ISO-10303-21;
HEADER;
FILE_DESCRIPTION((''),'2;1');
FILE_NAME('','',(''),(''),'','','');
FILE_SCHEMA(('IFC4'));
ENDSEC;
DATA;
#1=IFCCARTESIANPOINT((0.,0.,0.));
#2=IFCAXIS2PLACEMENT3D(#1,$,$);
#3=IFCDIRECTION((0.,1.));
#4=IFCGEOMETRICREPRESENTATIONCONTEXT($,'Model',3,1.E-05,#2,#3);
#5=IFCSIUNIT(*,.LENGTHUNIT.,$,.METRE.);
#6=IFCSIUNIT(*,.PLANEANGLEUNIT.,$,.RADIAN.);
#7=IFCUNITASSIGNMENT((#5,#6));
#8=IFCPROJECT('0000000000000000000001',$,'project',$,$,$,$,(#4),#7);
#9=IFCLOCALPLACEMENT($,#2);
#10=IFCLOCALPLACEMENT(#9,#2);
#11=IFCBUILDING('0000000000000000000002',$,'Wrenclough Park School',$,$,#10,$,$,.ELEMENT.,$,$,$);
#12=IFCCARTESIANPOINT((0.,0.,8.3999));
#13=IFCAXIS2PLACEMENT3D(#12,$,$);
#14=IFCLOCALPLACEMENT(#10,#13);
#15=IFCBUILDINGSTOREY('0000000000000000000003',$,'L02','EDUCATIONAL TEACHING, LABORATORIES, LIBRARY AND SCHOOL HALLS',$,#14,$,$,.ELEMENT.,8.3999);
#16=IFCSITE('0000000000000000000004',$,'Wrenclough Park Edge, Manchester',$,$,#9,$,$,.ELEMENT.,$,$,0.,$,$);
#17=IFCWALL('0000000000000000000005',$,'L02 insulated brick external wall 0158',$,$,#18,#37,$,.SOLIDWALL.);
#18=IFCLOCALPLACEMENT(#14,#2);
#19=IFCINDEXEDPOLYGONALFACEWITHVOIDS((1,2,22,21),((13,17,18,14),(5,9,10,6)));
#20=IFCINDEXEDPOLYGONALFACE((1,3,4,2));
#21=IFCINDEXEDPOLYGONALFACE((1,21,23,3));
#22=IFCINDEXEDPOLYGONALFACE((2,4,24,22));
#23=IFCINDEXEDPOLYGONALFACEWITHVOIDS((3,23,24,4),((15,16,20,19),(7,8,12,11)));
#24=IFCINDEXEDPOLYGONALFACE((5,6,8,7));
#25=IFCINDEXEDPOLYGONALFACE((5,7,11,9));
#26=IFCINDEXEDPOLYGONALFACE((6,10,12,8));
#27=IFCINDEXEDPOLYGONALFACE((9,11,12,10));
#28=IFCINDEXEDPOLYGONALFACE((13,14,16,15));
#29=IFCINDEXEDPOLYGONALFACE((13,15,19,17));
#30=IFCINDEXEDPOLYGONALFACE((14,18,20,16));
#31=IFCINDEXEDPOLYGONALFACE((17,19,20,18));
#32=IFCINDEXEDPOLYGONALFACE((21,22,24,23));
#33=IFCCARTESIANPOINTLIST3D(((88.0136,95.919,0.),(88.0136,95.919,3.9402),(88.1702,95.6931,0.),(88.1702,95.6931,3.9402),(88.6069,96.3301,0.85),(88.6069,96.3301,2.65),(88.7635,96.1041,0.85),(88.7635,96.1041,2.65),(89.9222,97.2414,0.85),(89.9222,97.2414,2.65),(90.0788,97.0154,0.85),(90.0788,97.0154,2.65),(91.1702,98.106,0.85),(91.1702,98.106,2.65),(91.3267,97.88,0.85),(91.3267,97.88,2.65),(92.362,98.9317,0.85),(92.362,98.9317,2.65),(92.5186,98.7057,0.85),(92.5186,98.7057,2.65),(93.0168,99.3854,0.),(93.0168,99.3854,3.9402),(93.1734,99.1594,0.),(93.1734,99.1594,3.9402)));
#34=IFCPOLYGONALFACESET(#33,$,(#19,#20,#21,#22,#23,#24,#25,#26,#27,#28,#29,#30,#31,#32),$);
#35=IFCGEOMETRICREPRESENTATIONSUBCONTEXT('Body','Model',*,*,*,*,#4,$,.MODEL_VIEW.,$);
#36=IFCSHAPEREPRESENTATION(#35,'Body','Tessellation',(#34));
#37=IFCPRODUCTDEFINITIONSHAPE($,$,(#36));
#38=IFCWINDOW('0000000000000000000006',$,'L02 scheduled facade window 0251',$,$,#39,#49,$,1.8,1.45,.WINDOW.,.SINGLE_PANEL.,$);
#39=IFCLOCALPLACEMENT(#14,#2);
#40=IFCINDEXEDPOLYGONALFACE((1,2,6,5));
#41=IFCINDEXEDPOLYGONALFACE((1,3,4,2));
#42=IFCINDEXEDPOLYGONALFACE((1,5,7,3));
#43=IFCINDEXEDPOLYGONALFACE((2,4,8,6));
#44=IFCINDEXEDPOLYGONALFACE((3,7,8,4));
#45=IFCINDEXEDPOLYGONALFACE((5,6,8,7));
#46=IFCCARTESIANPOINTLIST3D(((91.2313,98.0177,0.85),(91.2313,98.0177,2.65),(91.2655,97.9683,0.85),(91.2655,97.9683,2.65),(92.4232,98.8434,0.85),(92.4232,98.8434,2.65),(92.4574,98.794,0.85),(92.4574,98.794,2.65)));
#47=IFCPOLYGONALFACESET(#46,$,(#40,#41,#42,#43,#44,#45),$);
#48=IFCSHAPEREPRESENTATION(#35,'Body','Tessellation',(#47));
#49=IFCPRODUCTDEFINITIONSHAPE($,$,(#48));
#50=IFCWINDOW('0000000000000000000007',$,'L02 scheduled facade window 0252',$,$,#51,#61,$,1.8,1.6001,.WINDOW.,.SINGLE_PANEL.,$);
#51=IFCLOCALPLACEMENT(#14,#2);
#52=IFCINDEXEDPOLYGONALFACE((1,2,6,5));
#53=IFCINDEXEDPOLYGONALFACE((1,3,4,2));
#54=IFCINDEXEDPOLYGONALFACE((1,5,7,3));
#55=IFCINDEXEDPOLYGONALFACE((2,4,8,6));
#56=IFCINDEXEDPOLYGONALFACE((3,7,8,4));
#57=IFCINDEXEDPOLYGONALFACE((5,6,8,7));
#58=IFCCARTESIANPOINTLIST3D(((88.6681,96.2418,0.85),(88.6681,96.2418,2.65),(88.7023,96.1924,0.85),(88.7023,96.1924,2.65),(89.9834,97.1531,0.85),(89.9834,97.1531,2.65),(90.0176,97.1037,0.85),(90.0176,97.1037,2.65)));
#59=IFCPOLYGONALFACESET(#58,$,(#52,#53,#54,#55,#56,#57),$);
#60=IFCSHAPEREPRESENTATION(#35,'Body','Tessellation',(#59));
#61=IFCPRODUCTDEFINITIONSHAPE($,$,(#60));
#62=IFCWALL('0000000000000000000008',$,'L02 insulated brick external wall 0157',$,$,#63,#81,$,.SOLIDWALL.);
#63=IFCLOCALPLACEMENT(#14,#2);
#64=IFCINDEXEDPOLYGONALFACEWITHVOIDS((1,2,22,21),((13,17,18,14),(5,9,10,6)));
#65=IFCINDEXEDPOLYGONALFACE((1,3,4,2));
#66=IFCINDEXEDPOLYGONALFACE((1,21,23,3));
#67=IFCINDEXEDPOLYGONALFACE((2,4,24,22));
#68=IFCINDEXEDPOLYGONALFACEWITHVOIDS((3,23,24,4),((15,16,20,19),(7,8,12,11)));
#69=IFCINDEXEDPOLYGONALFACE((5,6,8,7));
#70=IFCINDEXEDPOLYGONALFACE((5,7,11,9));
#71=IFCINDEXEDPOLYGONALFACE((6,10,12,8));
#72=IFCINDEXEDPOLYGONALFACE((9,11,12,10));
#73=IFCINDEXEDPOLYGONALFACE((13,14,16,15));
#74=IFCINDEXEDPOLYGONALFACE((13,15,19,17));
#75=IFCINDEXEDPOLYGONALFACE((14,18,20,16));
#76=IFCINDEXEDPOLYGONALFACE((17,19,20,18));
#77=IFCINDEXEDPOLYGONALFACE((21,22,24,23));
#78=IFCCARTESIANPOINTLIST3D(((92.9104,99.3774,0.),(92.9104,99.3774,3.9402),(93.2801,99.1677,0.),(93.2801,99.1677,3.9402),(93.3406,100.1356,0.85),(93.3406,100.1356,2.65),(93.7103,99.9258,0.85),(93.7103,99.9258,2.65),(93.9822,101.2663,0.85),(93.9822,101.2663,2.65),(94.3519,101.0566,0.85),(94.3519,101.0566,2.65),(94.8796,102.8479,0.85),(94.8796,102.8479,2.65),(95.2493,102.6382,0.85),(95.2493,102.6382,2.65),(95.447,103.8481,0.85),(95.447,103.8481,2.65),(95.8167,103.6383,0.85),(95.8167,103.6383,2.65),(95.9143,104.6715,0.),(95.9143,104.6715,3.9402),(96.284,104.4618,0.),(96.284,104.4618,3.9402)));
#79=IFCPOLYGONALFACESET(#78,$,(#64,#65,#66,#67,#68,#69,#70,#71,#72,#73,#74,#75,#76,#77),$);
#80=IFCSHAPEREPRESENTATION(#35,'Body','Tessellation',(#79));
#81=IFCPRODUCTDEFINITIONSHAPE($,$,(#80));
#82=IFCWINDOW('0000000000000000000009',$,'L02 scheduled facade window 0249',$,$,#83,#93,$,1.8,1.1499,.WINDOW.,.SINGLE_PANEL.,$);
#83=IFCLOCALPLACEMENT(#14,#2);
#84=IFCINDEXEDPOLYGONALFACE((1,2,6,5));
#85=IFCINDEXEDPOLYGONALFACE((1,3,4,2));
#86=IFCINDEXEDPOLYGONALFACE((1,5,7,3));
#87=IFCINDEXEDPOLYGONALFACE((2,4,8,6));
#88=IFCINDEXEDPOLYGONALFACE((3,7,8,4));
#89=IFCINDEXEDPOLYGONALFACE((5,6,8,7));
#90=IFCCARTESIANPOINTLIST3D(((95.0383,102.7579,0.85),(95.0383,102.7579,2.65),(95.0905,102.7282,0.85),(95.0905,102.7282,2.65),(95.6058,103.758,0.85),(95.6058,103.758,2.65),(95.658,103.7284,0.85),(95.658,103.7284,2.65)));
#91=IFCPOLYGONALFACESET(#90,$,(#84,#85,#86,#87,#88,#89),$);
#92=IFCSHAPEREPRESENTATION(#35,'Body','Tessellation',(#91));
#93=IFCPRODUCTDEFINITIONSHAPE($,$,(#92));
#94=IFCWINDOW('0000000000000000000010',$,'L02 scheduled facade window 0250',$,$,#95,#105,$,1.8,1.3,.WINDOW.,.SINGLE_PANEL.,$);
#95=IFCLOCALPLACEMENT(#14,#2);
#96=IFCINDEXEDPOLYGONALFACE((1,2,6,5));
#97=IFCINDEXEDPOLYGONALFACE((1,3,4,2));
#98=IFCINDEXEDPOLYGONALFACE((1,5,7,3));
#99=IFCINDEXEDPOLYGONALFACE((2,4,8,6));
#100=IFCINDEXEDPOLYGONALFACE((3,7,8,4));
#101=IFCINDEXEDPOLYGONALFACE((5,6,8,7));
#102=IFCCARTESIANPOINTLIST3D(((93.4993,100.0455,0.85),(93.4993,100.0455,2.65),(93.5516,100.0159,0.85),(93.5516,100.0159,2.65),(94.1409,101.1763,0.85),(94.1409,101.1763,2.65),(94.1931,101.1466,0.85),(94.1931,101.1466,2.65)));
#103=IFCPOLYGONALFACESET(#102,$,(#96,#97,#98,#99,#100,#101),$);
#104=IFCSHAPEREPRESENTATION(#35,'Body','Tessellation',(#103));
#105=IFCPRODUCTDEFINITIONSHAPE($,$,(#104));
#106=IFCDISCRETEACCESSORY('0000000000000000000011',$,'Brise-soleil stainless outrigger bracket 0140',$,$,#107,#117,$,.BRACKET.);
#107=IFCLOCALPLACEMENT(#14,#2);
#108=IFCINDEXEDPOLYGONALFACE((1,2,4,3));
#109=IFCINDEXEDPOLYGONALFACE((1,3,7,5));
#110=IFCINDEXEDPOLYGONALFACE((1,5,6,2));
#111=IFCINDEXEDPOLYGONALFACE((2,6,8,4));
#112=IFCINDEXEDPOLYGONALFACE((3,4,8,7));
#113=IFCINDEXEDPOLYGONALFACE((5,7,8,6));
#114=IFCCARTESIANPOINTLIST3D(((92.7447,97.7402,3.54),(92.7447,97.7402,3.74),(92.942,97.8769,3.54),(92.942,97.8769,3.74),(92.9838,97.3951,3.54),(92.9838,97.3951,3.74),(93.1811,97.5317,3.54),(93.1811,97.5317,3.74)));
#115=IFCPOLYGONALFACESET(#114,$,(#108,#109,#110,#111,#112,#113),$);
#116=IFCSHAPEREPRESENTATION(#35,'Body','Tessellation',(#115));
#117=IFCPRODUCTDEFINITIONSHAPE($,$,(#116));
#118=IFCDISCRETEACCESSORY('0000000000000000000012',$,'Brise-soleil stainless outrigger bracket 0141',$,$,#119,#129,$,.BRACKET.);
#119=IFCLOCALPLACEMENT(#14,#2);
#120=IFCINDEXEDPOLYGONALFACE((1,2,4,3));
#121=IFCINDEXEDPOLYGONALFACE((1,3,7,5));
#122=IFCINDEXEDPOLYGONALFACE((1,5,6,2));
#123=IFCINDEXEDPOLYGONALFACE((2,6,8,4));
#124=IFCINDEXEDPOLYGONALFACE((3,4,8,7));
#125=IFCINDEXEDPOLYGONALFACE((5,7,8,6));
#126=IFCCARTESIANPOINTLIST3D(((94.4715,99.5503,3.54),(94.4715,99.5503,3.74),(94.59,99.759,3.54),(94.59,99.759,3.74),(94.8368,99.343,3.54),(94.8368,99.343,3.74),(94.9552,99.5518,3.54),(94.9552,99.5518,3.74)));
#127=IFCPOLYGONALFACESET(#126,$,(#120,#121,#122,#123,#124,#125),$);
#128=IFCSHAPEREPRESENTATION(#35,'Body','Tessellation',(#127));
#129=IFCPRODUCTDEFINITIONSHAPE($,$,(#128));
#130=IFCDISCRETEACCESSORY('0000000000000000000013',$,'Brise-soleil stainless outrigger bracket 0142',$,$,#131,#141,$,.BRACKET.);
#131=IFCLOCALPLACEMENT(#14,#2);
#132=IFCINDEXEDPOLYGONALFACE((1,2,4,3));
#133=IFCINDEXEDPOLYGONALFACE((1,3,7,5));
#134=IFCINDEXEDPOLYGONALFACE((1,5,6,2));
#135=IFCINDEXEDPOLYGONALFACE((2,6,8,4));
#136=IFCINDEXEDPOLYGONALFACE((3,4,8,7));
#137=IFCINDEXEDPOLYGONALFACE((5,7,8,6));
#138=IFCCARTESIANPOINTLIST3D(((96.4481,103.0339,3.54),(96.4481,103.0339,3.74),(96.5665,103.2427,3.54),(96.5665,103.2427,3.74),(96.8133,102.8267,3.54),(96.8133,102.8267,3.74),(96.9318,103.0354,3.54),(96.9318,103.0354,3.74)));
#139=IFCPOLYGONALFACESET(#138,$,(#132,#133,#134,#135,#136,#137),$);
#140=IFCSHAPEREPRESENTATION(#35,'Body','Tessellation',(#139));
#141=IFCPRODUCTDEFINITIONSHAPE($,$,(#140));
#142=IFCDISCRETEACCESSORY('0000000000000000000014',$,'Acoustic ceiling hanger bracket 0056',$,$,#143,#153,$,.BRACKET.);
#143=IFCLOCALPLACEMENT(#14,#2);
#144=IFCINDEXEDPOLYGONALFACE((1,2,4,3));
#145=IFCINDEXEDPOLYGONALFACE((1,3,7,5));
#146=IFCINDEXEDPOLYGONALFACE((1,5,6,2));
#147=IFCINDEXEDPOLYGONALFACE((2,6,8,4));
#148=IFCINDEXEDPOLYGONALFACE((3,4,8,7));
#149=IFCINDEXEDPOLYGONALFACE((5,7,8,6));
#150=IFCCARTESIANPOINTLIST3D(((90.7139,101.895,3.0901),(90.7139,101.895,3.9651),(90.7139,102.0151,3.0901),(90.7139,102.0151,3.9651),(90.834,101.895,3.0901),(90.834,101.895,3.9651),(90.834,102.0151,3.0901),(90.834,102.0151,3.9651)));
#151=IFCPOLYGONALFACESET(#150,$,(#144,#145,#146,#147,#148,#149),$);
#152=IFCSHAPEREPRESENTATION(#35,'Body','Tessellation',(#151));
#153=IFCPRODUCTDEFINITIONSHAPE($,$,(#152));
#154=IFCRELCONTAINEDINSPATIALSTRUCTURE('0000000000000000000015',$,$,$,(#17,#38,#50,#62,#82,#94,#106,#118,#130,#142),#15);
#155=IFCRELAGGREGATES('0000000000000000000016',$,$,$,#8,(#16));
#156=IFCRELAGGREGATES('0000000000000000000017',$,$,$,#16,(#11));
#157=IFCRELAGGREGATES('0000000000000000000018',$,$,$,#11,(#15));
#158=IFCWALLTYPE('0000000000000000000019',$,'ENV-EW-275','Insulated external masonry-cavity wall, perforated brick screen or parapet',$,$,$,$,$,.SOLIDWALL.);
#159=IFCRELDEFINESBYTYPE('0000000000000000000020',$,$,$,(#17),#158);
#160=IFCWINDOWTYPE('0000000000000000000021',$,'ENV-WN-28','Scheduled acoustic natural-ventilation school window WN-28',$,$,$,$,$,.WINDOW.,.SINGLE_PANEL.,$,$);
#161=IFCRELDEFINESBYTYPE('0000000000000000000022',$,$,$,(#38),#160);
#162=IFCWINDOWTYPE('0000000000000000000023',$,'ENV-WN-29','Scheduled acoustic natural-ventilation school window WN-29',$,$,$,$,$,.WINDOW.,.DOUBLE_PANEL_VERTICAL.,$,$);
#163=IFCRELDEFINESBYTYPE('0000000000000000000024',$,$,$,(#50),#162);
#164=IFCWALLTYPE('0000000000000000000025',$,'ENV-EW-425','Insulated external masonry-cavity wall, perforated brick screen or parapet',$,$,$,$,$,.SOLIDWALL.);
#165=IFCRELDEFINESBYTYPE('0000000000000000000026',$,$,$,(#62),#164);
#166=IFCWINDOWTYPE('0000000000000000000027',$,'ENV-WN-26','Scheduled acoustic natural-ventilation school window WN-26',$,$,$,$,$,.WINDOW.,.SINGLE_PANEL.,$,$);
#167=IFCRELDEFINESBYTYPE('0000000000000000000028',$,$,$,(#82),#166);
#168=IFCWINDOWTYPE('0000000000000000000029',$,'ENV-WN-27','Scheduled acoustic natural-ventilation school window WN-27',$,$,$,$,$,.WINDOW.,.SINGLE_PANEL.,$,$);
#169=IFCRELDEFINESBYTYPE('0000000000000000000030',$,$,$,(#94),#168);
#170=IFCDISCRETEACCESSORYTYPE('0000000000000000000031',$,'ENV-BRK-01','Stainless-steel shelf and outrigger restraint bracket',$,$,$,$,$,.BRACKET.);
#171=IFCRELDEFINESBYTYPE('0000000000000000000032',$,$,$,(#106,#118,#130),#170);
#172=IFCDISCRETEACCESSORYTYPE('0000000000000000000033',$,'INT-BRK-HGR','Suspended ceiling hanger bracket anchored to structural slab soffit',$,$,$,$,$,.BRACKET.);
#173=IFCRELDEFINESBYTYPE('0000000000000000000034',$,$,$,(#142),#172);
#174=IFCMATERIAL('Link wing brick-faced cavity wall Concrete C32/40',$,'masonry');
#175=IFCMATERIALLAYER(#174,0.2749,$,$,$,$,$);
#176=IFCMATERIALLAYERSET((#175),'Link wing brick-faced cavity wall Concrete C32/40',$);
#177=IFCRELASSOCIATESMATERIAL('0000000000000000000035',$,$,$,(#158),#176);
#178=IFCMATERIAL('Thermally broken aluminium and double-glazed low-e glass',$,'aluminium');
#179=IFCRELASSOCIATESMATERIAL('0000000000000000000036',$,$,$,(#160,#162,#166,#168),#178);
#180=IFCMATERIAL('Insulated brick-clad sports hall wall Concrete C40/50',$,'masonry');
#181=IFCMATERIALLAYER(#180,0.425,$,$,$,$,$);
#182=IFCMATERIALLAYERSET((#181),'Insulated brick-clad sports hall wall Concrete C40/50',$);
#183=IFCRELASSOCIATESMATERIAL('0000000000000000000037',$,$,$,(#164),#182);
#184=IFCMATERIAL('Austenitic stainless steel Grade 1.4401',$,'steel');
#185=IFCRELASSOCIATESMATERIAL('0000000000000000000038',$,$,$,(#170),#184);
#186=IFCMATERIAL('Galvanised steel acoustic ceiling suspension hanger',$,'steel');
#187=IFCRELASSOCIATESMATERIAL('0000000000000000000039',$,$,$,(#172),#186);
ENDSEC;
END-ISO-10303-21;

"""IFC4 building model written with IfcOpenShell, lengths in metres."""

from ifc_helpers import new_model, si_unit, direction, frame, frame_2d, origin, origin_2d, place, context, subcontext, project, spatial, rectangle, extrude, material, layer, layer_set, type_object, element, fill, save


model = new_model("IFC4")

# Units and contexts
model_context = context("Model", 3, precision=1e-05, world=origin(), true_north=direction((0.0, 1.0)))
body_context = subcontext(model_context, "Body", "Model", "MODEL_VIEW")
ifc_project = project(units=[si_unit("LENGTHUNIT", "METRE"), si_unit("PLANEANGLEUNIT", "RADIAN")], contexts=[model_context])

# Site, building, storey
site_placement = place(None, origin())
site = spatial("IfcSite", under=ifc_project, at=site_placement, Name="Wrenclough Park Edge, Manchester", CompositionType="ELEMENT", RefElevation=0.0)
building_placement = place(site_placement, origin())
building = spatial("IfcBuilding", under=site, at=building_placement, Name="Wrenclough Park School", CompositionType="ELEMENT")
storey_placement = place(building_placement, frame((0.0, 0.0, 8.3999)))
storey = spatial("IfcBuildingStorey", under=building, at=storey_placement, Name="L02", Description="EDUCATIONAL TEACHING, LABORATORIES, LIBRARY AND SCHOOL HALLS", CompositionType="ELEMENT", Elevation=8.3999)

# Walls, openings, windows
ifc_material_1 = material(Name="Link wing brick-faced cavity wall Concrete C32/40", Category="masonry")
ifc_layer_1 = layer(ifc_material_1, 0.2749)
ifc_layer_set_1 = layer_set([ifc_layer_1], Name="Link wing brick-faced cavity wall Concrete C32/40")
wall_type_1 = type_object("IfcWallType", Name="ENV-EW-275", Description="Insulated external masonry-cavity wall, perforated brick screen or parapet", PredefinedType="SOLIDWALL", material=ifc_layer_set_1)
wall_1_placement = place(storey_placement, frame((93.0952, 99.2725, 0.0), z_axis=(0.0, 0.0, 1.0), x_axis=(-0.821994, -0.569496, 0.0)))
wall_1 = element("IfcWall", 1, at=wall_1_placement, inside=storey, type_object=wall_type_1, Name="L02 insulated brick external wall 0158", PredefinedType="SOLIDWALL", context=body_context, shape_type="SweptSolid", body=[
    extrude(rectangle(XDim=6.0867, YDim=0.2749, at=frame_2d((3.0435, 0.0))), origin(), (0.0, 0.0, 1.0), 3.9402),
])
opening_1_placement = place(wall_1_placement, frame((0.7966, 0.0, 0.8501)))
opening_1 = element("IfcOpeningElement", 2, at=opening_1_placement, cuts=wall_1, PredefinedType="OPENING", context=body_context, shape_type="SweptSolid", body=[
    extrude(rectangle(XDim=1.45, YDim=1.8, at=frame_2d((0.7251, 0.8999))), frame((0.0, 0.1475, 0.0), z_axis=(0.0, -1.0, 0.0), x_axis=(1.0, 0.0, 0.0)), (0.0, 0.0, 1.0), 0.2949),
])
opening_2_placement = place(wall_1_placement, frame((3.7649, 0.0, 0.8501)))
opening_2 = element("IfcOpeningElement", 3, at=opening_2_placement, cuts=wall_1, PredefinedType="OPENING", context=body_context, shape_type="SweptSolid", body=[
    extrude(rectangle(XDim=1.6001, YDim=1.8, at=frame_2d((0.8, 0.8999))), frame((0.0, 0.1475, 0.0), z_axis=(0.0, -1.0, 0.0), x_axis=(1.0, 0.0, 0.0)), (0.0, 0.0, 1.0), 0.2949),
])
ifc_material_2 = material(Name="Thermally broken aluminium and double-glazed low-e glass", Category="aluminium")
window_type_1 = type_object("IfcWindowType", Name="ENV-WN-28", Description="Scheduled acoustic natural-ventilation school window WN-28", PartitioningType="SINGLE_PANEL", PredefinedType="WINDOW", material=ifc_material_2)
window_1_placement = place(opening_1_placement, origin())
window_1 = element("IfcWindow", 4, at=window_1_placement, inside=storey, type_object=window_type_1, Name="L02 scheduled facade window 0251", OverallHeight=1.8, OverallWidth=1.45, PartitioningType="SINGLE_PANEL", PredefinedType="WINDOW", context=body_context, shape_type="SweptSolid", body=[
    extrude(rectangle(XDim=1.45, YDim=1.8, at=frame_2d((0.7251, 0.8999))), frame((0.0, 0.03, 0.0), z_axis=(0.0, -1.0, 0.0), x_axis=(1.0, 0.0, 0.0)), (0.0, 0.0, 1.0), 0.0601),
])
fill(opening_1, window_1)
window_type_2 = type_object("IfcWindowType", Name="ENV-WN-29", Description="Scheduled acoustic natural-ventilation school window WN-29", PartitioningType="DOUBLE_PANEL_VERTICAL", PredefinedType="WINDOW", material=ifc_material_2)
window_2_placement = place(opening_2_placement, origin())
window_2 = element("IfcWindow", 5, at=window_2_placement, inside=storey, type_object=window_type_2, Name="L02 scheduled facade window 0252", OverallHeight=1.8, OverallWidth=1.6001, PartitioningType="SINGLE_PANEL", PredefinedType="WINDOW", context=body_context, shape_type="SweptSolid", body=[
    extrude(rectangle(XDim=1.6001, YDim=1.8, at=frame_2d((0.8, 0.8999))), frame((0.0, 0.03, 0.0), z_axis=(0.0, -1.0, 0.0), x_axis=(1.0, 0.0, 0.0)), (0.0, 0.0, 1.0), 0.0601),
])
fill(opening_2, window_2)
ifc_material_3 = material(Name="Insulated brick-clad sports hall wall Concrete C40/50", Category="masonry")
ifc_layer_2 = layer(ifc_material_3, 0.425)
ifc_layer_set_2 = layer_set([ifc_layer_2], Name="Insulated brick-clad sports hall wall Concrete C40/50")
wall_type_2 = type_object("IfcWallType", Name="ENV-EW-425", Description="Insulated external masonry-cavity wall, perforated brick screen or parapet", PredefinedType="SOLIDWALL", material=ifc_layer_set_2)
wall_2_placement = place(storey_placement, frame((96.0991, 104.5667, 0.0), z_axis=(0.0, 0.0, 1.0), x_axis=(-0.493493, -0.86975, 0.0)))
wall_2 = element("IfcWall", 6, at=wall_2_placement, inside=storey, type_object=wall_type_2, Name="L02 insulated brick external wall 0157", PredefinedType="SOLIDWALL", context=body_context, shape_type="SweptSolid", body=[
    extrude(rectangle(XDim=6.0869, YDim=0.425, at=frame_2d((3.0435, 0.0))), origin(), (0.0, 0.0, 1.0), 3.9402),
])
opening_3_placement = place(wall_2_placement, frame((0.9468, 0.0, 0.8501)))
opening_3 = element("IfcOpeningElement", 7, at=opening_3_placement, cuts=wall_2, PredefinedType="OPENING", context=body_context, shape_type="SweptSolid", body=[
    extrude(rectangle(XDim=1.1499, YDim=1.8, at=frame_2d((0.575, 0.8999))), frame((0.0, 0.2224, 0.0), z_axis=(0.0, -1.0, 0.0), x_axis=(1.0, 0.0, 0.0)), (0.0, 0.0, 1.0), 0.4451),
])
opening_4_placement = place(wall_2_placement, frame((3.9153, 0.0, 0.8501)))
opening_4 = element("IfcOpeningElement", 8, at=opening_4_placement, cuts=wall_2, PredefinedType="OPENING", context=body_context, shape_type="SweptSolid", body=[
    extrude(rectangle(XDim=1.3, YDim=1.8, at=frame_2d((0.6499, 0.8999))), frame((0.0, 0.2224, 0.0), z_axis=(0.0, -1.0, 0.0), x_axis=(1.0, 0.0, 0.0)), (0.0, 0.0, 1.0), 0.4451),
])
window_type_3 = type_object("IfcWindowType", Name="ENV-WN-26", Description="Scheduled acoustic natural-ventilation school window WN-26", PartitioningType="SINGLE_PANEL", PredefinedType="WINDOW", material=ifc_material_2)
window_3_placement = place(opening_3_placement, origin())
window_3 = element("IfcWindow", 9, at=window_3_placement, inside=storey, type_object=window_type_3, Name="L02 scheduled facade window 0249", OverallHeight=1.8, OverallWidth=1.1499, PartitioningType="SINGLE_PANEL", PredefinedType="WINDOW", context=body_context, shape_type="SweptSolid", body=[
    extrude(rectangle(XDim=1.1499, YDim=1.8, at=frame_2d((0.575, 0.8999))), frame((0.0, 0.03, 0.0), z_axis=(0.0, -1.0, 0.0), x_axis=(1.0, 0.0, 0.0)), (0.0, 0.0, 1.0), 0.0601),
])
fill(opening_3, window_3)
window_type_4 = type_object("IfcWindowType", Name="ENV-WN-27", Description="Scheduled acoustic natural-ventilation school window WN-27", PartitioningType="SINGLE_PANEL", PredefinedType="WINDOW", material=ifc_material_2)
window_4_placement = place(opening_4_placement, origin())
window_4 = element("IfcWindow", 10, at=window_4_placement, inside=storey, type_object=window_type_4, Name="L02 scheduled facade window 0250", OverallHeight=1.8, OverallWidth=1.3, PartitioningType="SINGLE_PANEL", PredefinedType="WINDOW", context=body_context, shape_type="SweptSolid", body=[
    extrude(rectangle(XDim=1.3, YDim=1.8, at=frame_2d((0.6499, 0.8999))), frame((0.0, 0.03, 0.0), z_axis=(0.0, -1.0, 0.0), x_axis=(1.0, 0.0, 0.0)), (0.0, 0.0, 1.0), 0.0601),
])
fill(opening_4, window_4)

# Discrete accessories
ifc_material_4 = material(Name="Austenitic stainless steel Grade 1.4401", Category="steel")
discrete_accessory_type_1 = type_object("IfcDiscreteAccessoryType", Name="ENV-BRK-01", Description="Stainless-steel shelf and outrigger restraint bracket", PredefinedType="BRACKET", material=ifc_material_4)
for number, where, z_axis, x_axis, name in (
    (11, (92.9629, 97.636, 3.54), (0.0, 0.0, 1.0), (0.822008, 0.569476, 0.0), "Brise-soleil stainless outrigger bracket 0140"),
    (12, (94.7134, 99.551, 3.54), (0.0, 0.0, 1.0), (0.493509, 0.869741, 0.0), "Brise-soleil stainless outrigger bracket 0141"),
    (13, (96.6899, 103.0347, 3.54), (0.0, 0.0, 1.0), (0.493509, 0.869741, 0.0), "Brise-soleil stainless outrigger bracket 0142"),
):
    element("IfcDiscreteAccessory", number, at=place(storey_placement, frame(where, z_axis=z_axis, x_axis=x_axis)), inside=storey, type_object=discrete_accessory_type_1, Name=name, PredefinedType="BRACKET", context=body_context, shape_type="SweptSolid", body=[
        extrude(rectangle(XDim=0.24, YDim=0.4199, at=origin_2d()), origin(), (0.0, 0.0, 1.0), 0.2),
    ])
ifc_material_5 = material(Name="Galvanised steel acoustic ceiling suspension hanger", Category="steel")
discrete_accessory_type_2 = type_object("IfcDiscreteAccessoryType", Name="INT-BRK-HGR", Description="Suspended ceiling hanger bracket anchored to structural slab soffit", PredefinedType="BRACKET", material=ifc_material_5)
discrete_accessory_placement = place(storey_placement, frame((90.7739, 101.9551, 3.0901), z_axis=(0.0, 0.0, 1.0), x_axis=(1.0, 0.0, 0.0)))
element("IfcDiscreteAccessory", 14, at=discrete_accessory_placement, inside=storey, type_object=discrete_accessory_type_2, Name="Acoustic ceiling hanger bracket 0056", PredefinedType="BRACKET", context=body_context, shape_type="SweptSolid", body=[
    extrude(rectangle(XDim=0.1201, YDim=0.1201, at=origin_2d()), origin(), (0.0, 0.0, 1.0), 0.875),
])

save(model, "model.ifc")
